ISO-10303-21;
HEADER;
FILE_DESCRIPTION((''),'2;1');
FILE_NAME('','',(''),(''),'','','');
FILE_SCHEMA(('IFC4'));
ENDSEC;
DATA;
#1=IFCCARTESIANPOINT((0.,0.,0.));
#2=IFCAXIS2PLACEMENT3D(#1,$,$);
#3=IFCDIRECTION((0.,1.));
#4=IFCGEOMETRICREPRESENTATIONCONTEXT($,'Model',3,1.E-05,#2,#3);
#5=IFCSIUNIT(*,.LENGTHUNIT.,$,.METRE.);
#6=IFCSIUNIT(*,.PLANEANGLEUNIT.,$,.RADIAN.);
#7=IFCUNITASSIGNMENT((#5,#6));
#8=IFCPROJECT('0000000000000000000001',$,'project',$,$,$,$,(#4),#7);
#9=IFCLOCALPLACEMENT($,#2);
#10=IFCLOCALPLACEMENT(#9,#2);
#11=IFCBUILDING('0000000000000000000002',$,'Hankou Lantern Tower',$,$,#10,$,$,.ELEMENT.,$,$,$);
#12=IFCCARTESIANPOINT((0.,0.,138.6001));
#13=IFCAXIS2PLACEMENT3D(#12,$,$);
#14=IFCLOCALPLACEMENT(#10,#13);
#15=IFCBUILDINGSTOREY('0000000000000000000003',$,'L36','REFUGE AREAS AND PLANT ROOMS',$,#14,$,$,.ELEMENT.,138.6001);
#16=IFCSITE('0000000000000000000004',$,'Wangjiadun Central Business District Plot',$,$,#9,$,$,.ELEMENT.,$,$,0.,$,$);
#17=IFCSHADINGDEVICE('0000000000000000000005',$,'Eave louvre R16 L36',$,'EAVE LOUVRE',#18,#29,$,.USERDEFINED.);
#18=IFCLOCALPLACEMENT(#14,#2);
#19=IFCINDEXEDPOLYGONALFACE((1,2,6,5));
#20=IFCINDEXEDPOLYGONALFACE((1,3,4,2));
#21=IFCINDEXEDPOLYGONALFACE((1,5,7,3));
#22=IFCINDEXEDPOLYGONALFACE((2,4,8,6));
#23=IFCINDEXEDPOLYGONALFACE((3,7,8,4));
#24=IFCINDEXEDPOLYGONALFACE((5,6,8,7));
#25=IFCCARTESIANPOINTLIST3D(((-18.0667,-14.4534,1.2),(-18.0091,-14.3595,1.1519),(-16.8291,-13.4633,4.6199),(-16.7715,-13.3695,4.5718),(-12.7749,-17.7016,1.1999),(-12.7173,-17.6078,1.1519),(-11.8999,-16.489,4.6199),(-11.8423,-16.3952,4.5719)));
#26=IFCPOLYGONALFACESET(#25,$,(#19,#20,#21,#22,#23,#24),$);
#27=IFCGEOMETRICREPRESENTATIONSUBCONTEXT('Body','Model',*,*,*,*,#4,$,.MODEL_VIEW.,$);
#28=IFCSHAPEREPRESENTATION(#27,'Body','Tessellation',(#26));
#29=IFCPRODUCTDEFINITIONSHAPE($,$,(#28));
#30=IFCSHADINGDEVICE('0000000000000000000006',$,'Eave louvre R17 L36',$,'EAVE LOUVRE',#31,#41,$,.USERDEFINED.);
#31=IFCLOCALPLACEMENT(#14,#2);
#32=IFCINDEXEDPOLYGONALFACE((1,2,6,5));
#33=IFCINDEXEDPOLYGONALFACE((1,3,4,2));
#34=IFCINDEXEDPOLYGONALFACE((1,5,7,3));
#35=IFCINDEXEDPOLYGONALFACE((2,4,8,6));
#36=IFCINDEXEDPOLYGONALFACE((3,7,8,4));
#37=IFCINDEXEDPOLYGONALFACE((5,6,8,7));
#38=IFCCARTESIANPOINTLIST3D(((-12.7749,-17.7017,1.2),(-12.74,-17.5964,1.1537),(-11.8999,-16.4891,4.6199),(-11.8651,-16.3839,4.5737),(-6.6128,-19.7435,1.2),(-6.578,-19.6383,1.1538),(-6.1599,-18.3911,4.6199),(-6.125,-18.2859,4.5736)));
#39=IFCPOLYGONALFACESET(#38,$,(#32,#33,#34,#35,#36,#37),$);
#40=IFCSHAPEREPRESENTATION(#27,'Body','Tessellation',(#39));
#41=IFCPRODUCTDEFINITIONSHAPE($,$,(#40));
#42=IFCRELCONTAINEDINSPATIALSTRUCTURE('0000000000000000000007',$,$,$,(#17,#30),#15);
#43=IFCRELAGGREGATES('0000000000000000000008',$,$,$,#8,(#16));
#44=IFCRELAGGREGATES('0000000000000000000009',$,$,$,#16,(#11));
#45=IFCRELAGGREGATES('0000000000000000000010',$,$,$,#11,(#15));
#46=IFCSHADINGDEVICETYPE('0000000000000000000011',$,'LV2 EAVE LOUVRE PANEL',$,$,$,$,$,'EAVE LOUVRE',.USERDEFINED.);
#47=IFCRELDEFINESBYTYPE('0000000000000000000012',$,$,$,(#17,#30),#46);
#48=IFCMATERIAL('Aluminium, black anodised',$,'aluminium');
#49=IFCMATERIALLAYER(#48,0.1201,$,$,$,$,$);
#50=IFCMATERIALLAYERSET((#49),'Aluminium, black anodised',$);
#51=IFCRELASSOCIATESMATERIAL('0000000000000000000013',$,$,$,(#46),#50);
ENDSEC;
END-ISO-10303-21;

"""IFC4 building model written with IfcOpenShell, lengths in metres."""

from ifc_helpers import new_model, si_unit, direction, frame, origin, place, context, subcontext, project, spatial, polyline, outline, extrude, material, layer, layer_set, type_object, element, save


model = new_model("IFC4")

# Units and contexts
model_context = context("Model", 3, precision=1e-05, world=origin(), true_north=direction((0.0, 1.0)))
body_context = subcontext(model_context, "Body", "Model", "MODEL_VIEW")
ifc_project = project(units=[si_unit("LENGTHUNIT", "METRE"), si_unit("PLANEANGLEUNIT", "RADIAN")], contexts=[model_context])

# Site, building, storey
site_placement = place(None, origin())
site = spatial("IfcSite", under=ifc_project, at=site_placement, Name="Wangjiadun Central Business District Plot", CompositionType="ELEMENT", RefElevation=0.0)
building_placement = place(site_placement, origin())
building = spatial("IfcBuilding", under=site, at=building_placement, Name="Hankou Lantern Tower", CompositionType="ELEMENT")
storey_placement = place(building_placement, frame((0.0, 0.0, 138.6001)))
storey = spatial("IfcBuildingStorey", under=building, at=storey_placement, Name="L36", Description="REFUGE AREAS AND PLANT ROOMS", CompositionType="ELEMENT", Elevation=138.6001)

# Shading devices
ifc_material_1 = material(Name="Aluminium, black anodised", Category="aluminium")
ifc_layer_1 = layer(ifc_material_1, 0.1201)
ifc_layer_set_1 = layer_set([ifc_layer_1], Name="Aluminium, black anodised")
shading_device_type = type_object("IfcShadingDeviceType", Name="LV2 EAVE LOUVRE PANEL", ElementType="EAVE LOUVRE", PredefinedType="USERDEFINED", material=ifc_layer_set_1)
shading_device_1_placement = place(storey_placement, frame((-18.0667, -14.4534, 1.2), z_axis=(-0.479534, -0.781217, 0.399684), x_axis=(0.852248, -0.523137, -0.000003)))
element("IfcShadingDevice", 1, at=shading_device_1_placement, inside=storey, type_object=shading_device_type, Name="Eave louvre R16 L36", ObjectType="EAVE LOUVRE", PredefinedType="USERDEFINED", context=body_context, shape_type="SweptSolid", body=[
    extrude(outline(polyline([(0.0, 0.0), (6.2092, 0.0), (6.3205, 3.7309), (0.5368, 3.7309), (0.0, 0.0)])), origin(), (0.0, 0.0, -1.0), 0.1201),
])
shading_device_2_placement = place(storey_placement, frame((-12.7749, -17.7017, 1.2), z_axis=(-0.290306, -0.876112, 0.384902), x_axis=(0.949245, -0.314537, 0.000006)))
element("IfcShadingDevice", 2, at=shading_device_2_placement, inside=storey, type_object=shading_device_type, Name="Eave louvre R17 L36", ObjectType="EAVE LOUVRE", PredefinedType="USERDEFINED", context=body_context, shape_type="SweptSolid", body=[
    extrude(outline(polyline([(0.0, 0.0), (6.4916, 0.0), (6.4961, 3.7054), (0.4492, 3.7054), (0.0, 0.0)])), origin(), (0.0, 0.0, -1.0), 0.1201),
])

save(model, "model.ifc")
